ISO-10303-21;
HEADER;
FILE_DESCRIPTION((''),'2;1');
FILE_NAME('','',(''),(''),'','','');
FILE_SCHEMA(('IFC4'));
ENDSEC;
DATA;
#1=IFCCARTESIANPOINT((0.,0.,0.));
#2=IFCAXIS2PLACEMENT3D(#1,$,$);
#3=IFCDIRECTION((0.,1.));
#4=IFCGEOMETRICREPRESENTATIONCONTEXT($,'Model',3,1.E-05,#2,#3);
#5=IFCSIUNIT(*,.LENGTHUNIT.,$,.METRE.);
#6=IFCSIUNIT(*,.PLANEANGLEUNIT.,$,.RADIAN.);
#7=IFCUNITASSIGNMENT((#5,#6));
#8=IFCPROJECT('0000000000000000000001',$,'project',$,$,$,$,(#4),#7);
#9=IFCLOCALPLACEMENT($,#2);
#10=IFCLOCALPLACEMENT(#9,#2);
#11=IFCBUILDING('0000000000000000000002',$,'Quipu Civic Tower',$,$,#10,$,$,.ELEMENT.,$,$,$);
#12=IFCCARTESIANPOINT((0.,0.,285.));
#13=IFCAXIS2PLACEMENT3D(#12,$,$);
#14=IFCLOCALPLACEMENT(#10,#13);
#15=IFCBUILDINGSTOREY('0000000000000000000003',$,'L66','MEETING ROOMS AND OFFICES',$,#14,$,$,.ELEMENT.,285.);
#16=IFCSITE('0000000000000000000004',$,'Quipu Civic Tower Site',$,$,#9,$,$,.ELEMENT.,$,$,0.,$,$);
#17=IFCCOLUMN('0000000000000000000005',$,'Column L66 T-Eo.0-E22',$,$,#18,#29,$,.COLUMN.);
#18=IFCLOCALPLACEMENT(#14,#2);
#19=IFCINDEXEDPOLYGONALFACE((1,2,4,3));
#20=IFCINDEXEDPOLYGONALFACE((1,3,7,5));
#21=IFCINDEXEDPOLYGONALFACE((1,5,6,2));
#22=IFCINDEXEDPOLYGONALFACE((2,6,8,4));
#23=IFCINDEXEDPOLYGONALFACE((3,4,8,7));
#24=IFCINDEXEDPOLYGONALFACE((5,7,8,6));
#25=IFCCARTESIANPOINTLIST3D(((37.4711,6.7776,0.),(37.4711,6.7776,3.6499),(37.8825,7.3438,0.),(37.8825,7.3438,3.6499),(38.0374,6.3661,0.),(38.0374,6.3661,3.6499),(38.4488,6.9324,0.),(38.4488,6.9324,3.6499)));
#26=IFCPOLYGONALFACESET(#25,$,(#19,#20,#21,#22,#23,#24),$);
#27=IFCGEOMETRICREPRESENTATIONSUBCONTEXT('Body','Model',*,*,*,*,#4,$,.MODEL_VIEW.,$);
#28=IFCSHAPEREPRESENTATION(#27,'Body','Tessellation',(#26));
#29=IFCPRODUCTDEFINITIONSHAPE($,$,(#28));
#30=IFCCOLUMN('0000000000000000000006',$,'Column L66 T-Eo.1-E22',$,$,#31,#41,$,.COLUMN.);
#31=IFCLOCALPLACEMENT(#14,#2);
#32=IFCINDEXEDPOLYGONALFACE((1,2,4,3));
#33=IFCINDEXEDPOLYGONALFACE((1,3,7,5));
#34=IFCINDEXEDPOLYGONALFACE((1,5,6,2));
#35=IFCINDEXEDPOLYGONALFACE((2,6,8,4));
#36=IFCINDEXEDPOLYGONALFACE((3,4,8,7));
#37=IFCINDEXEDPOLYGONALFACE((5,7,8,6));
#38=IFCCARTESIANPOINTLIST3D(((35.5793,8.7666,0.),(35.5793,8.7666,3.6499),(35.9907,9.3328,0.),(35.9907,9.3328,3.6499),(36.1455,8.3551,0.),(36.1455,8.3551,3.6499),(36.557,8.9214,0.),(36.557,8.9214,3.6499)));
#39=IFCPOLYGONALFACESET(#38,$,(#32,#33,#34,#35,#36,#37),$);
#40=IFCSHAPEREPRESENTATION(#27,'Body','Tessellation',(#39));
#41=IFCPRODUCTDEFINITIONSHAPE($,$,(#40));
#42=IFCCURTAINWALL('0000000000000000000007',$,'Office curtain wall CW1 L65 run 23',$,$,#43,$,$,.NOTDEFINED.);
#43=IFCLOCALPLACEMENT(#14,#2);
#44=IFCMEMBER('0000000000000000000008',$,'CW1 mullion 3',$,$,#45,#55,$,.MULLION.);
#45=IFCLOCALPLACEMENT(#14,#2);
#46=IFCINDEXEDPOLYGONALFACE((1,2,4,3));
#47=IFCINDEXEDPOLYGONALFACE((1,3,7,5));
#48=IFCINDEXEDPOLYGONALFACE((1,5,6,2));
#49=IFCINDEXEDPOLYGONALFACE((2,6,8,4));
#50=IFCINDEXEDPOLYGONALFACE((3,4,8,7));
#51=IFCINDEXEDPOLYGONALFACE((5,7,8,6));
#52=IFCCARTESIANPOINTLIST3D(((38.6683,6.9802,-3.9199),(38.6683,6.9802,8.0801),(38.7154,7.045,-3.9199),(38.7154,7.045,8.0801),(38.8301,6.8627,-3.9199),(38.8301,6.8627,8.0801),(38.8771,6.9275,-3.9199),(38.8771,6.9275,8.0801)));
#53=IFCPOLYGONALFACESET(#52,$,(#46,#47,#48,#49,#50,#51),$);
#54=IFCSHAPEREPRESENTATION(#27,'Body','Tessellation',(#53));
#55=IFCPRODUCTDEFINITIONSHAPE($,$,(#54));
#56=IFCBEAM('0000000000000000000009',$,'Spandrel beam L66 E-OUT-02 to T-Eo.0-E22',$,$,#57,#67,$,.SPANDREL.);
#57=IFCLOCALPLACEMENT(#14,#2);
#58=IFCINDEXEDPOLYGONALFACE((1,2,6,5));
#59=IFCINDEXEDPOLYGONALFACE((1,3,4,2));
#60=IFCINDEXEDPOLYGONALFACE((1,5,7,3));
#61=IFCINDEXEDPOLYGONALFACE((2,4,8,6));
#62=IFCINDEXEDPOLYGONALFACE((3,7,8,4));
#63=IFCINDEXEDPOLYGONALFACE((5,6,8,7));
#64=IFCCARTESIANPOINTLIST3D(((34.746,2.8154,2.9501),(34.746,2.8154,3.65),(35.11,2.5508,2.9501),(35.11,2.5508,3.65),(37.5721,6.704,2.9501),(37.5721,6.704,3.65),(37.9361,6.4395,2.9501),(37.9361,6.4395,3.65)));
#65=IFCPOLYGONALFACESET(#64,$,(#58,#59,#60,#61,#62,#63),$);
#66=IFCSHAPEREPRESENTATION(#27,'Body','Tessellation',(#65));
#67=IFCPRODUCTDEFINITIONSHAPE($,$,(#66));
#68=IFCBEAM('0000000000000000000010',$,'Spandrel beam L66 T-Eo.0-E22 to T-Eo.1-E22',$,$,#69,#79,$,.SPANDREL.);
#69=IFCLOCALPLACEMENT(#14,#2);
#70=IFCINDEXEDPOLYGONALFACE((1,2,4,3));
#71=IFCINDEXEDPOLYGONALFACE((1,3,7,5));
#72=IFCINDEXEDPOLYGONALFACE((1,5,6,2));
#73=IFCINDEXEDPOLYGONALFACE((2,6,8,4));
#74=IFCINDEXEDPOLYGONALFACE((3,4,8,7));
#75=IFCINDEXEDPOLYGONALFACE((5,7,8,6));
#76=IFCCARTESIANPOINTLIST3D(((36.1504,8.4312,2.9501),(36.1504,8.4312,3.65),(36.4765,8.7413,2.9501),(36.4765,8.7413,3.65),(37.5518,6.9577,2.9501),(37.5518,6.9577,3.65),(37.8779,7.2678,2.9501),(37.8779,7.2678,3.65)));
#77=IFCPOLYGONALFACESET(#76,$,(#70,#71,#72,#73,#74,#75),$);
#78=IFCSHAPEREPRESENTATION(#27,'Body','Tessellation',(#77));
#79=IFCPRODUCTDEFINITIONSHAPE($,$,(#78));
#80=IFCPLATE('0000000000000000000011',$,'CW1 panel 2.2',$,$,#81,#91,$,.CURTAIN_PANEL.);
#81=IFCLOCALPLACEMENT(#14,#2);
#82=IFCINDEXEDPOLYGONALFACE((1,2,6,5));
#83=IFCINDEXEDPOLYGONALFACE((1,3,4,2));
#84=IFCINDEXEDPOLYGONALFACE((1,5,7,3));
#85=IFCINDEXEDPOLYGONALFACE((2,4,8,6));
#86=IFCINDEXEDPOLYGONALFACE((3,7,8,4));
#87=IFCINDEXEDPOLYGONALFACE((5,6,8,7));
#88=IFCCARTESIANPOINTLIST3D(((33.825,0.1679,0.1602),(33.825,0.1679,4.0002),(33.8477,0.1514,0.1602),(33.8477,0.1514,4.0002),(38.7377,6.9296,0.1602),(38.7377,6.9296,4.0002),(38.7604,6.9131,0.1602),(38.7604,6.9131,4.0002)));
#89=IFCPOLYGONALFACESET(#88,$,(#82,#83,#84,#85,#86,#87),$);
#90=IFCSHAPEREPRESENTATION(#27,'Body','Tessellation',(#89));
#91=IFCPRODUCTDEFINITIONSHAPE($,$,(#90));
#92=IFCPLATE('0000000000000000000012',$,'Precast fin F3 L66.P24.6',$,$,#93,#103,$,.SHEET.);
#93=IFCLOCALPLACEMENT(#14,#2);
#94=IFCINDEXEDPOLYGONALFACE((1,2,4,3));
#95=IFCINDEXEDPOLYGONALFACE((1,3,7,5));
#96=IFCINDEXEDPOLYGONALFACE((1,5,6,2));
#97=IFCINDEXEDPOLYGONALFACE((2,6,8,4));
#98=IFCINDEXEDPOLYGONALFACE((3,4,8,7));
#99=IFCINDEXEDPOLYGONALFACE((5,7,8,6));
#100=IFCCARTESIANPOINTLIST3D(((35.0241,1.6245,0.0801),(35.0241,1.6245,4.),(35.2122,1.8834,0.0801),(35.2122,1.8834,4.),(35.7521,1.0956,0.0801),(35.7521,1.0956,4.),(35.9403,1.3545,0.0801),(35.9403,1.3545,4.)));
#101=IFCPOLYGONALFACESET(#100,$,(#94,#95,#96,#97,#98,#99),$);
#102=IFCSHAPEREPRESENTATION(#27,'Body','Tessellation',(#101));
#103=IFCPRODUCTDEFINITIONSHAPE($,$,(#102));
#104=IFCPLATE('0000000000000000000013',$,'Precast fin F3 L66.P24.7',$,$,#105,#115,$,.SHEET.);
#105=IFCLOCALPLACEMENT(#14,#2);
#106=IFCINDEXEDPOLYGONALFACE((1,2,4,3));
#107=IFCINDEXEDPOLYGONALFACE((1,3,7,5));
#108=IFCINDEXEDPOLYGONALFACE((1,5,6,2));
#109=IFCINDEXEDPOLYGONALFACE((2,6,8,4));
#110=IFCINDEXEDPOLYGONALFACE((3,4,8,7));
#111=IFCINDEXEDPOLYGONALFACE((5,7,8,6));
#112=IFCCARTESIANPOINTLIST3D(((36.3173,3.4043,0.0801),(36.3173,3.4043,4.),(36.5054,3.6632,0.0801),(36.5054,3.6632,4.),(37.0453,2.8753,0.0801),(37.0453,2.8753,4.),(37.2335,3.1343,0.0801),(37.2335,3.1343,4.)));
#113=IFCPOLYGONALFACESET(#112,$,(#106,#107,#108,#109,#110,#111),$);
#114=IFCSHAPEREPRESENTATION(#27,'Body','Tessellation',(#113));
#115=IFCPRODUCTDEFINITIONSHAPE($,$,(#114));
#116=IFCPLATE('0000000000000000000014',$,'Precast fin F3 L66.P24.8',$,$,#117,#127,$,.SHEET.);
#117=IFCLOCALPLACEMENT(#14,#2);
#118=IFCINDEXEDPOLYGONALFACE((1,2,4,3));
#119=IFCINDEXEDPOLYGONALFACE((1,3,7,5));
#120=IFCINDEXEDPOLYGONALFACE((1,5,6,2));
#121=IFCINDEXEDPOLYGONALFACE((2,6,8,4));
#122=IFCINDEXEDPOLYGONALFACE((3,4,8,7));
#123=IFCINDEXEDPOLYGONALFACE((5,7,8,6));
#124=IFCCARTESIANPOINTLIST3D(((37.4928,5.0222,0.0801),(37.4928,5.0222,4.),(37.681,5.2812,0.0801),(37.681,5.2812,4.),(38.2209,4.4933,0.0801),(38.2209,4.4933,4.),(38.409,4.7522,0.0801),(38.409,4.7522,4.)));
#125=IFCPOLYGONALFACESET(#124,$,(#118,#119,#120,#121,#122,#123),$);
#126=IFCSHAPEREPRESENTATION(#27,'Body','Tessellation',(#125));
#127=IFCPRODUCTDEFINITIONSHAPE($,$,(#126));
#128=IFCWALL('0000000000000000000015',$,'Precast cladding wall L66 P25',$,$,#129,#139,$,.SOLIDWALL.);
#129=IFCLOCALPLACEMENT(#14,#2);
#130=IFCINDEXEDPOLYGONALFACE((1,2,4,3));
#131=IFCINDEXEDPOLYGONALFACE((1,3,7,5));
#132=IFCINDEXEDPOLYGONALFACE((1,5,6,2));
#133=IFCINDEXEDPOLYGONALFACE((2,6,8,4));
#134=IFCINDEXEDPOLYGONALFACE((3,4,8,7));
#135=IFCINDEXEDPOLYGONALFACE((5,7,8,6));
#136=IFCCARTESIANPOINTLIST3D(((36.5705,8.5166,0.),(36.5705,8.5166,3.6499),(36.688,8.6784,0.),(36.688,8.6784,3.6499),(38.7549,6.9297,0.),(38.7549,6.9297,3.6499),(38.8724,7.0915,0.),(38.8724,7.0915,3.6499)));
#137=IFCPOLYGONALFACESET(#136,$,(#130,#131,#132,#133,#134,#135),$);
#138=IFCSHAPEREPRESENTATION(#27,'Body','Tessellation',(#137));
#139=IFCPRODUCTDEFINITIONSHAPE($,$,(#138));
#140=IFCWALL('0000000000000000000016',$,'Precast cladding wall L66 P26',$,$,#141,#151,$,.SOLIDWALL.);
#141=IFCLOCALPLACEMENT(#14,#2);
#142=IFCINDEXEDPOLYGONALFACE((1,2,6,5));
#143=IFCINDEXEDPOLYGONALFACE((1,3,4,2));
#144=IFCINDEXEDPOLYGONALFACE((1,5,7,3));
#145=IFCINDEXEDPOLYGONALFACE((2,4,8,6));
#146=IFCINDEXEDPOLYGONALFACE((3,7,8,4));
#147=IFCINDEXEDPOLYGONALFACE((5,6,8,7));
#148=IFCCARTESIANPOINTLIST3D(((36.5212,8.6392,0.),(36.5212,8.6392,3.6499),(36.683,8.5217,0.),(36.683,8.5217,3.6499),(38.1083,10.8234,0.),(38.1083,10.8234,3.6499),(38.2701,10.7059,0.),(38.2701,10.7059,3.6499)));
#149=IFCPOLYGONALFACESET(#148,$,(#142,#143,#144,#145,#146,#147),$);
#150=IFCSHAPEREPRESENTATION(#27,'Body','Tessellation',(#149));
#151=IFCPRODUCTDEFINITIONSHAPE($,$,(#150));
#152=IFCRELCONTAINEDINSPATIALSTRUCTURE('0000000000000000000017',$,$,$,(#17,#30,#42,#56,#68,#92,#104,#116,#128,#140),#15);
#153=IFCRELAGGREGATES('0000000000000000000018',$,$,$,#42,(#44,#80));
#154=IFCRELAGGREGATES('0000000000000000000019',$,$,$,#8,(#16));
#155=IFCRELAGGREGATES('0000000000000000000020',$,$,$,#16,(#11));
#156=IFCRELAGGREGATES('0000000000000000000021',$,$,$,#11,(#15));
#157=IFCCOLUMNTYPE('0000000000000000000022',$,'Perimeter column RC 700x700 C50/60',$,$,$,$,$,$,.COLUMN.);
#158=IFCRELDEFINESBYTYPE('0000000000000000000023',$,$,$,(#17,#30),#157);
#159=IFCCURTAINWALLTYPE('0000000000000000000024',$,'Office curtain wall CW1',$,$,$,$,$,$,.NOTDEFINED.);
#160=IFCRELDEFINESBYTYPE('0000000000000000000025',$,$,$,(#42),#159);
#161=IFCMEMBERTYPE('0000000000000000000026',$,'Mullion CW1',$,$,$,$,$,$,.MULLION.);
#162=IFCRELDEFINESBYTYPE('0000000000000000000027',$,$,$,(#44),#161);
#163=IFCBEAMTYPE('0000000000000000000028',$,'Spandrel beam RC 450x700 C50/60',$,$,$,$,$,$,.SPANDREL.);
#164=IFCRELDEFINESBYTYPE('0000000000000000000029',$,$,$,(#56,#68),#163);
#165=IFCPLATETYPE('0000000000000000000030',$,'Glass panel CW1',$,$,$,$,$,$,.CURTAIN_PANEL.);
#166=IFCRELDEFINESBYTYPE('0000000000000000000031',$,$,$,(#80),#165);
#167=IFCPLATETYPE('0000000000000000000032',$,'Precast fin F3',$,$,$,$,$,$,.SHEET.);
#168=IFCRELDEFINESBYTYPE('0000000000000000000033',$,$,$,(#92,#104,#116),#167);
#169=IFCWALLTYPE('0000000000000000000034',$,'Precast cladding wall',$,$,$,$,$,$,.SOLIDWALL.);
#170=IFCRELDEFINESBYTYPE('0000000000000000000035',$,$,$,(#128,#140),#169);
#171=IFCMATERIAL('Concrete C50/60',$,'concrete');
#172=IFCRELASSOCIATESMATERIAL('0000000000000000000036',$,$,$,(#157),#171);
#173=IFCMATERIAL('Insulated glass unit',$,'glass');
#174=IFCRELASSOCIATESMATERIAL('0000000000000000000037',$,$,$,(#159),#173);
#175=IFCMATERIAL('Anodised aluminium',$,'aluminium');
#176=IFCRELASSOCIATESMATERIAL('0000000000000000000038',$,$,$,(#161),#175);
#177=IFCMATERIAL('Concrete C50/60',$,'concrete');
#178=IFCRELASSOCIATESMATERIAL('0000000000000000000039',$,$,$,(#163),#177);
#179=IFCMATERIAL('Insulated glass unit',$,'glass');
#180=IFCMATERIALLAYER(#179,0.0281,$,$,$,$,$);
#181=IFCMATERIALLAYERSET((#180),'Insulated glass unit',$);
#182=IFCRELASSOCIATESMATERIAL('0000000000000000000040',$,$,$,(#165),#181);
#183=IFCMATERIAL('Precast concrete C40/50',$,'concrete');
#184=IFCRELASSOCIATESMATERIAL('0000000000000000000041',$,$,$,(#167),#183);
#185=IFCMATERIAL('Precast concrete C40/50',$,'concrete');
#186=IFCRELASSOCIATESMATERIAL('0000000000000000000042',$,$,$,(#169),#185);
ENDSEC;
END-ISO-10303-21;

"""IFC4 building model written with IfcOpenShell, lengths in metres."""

from ifc_helpers import new_model, si_unit, direction, frame, frame_2d, origin, origin_2d, place, context, subcontext, project, spatial, rectangle, extrude, material, layer, layer_set, material_profile, profile_set, type_object, element, aggregate, save


model = new_model("IFC4")

# Units and contexts
model_context = context("Model", 3, precision=1e-05, world=origin(), true_north=direction((0.0, 1.0)))
body_context = subcontext(model_context, "Body", "Model", "MODEL_VIEW")
ifc_project = project(units=[si_unit("LENGTHUNIT", "METRE"), si_unit("PLANEANGLEUNIT", "RADIAN")], contexts=[model_context])

# Site, building, storey
site_placement = place(None, origin())
site = spatial("IfcSite", under=ifc_project, at=site_placement, Name="Quipu Civic Tower Site", CompositionType="ELEMENT", RefElevation=0.0)
building_placement = place(site_placement, origin())
building = spatial("IfcBuilding", under=site, at=building_placement, Name="Quipu Civic Tower", CompositionType="ELEMENT")
storey_placement = place(building_placement, frame((0.0, 0.0, 285.0)))
storey = spatial("IfcBuildingStorey", under=building, at=storey_placement, Name="L66", Description="MEETING ROOMS AND OFFICES", CompositionType="ELEMENT", Elevation=285.0)

# Columns
ifc_material_1 = material(Name="Concrete C50/60", Category="concrete")
ifc_material_profile_1 = material_profile(ifc_material_1, rectangle(XDim=0.7, YDim=0.7, at=origin_2d()), Name="RC700x700")
ifc_profile_set_1 = profile_set([ifc_material_profile_1], Name="Concrete C50/60")
column_type = type_object("IfcColumnType", Name="Perimeter column RC 700x700 C50/60", PredefinedType="COLUMN", material=ifc_profile_set_1)
for number, where, z_axis, x_axis, name in (
    (1, (37.96, 6.855, 0.0), (0.0, 0.0, 1.0), (0.587785, 0.809017, 0.0), "Column L66 T-Eo.0-E22"),
    (2, (36.0681, 8.844, 0.0), (0.0, 0.0, 1.0), (0.587785, 0.809017, 0.0), "Column L66 T-Eo.1-E22"),
):
    element("IfcColumn", number, at=place(storey_placement, frame(where, z_axis=z_axis, x_axis=x_axis)), inside=storey, type_object=column_type, Name=name, PredefinedType="COLUMN", context=body_context, shape_type="SweptSolid", body=[
        extrude(rectangle(XDim=0.7, YDim=0.7, at=origin_2d()), origin(), (0.0, 0.0, 1.0), 3.6499),
    ])

# Curtain wall, member
ifc_material_2 = material(Name="Insulated glass unit", Category="glass")
curtain_wall_type = type_object("IfcCurtainWallType", Name="Office curtain wall CW1", PredefinedType="NOTDEFINED", material=ifc_material_2)
curtain_wall_placement = place(storey_placement, origin())
curtain_wall = element("IfcCurtainWall", 3, at=curtain_wall_placement, inside=storey, type_object=curtain_wall_type, Name="Office curtain wall CW1 L65 run 23", PredefinedType="NOTDEFINED")
ifc_material_3 = material(Name="Anodised aluminium", Category="aluminium")
ifc_material_profile_2 = material_profile(ifc_material_3, rectangle(XDim=0.2, YDim=0.0801, at=origin_2d()), Name="RECT 200x80")
ifc_profile_set_2 = profile_set([ifc_material_profile_2], Name="Anodised aluminium")
member_type = type_object("IfcMemberType", Name="Mullion CW1", PredefinedType="MULLION", material=ifc_profile_set_2)
member_placement = place(storey_placement, frame((38.7727, 6.9539, -3.9199), z_axis=(0.0, 0.0, 1.0), x_axis=(-0.809016, 0.587786, 0.0)))
member = element("IfcMember", 4, at=member_placement, type_object=member_type, Name="CW1 mullion 3", PredefinedType="MULLION", context=body_context, shape_type="SweptSolid", body=[
    extrude(rectangle(XDim=0.2, YDim=0.0801, at=origin_2d()), origin(), (0.0, 0.0, 1.0), 12.0),
])

# Beams
ifc_material_4 = material(Name="Concrete C50/60", Category="concrete")
ifc_material_profile_3 = material_profile(ifc_material_4, rectangle(XDim=0.45, YDim=0.7, at=origin_2d()), Name="RC450x700")
ifc_profile_set_3 = profile_set([ifc_material_profile_3], Name="Concrete C50/60")
beam_type = type_object("IfcBeamType", Name="Spandrel beam RC 450x700 C50/60", PredefinedType="SPANDREL", material=ifc_profile_set_3)
beam_1_placement = place(storey_placement, frame((34.928, 2.6831, 3.3), z_axis=(0.587906, 0.808929, 0.0), x_axis=(-0.808929, 0.587906, 0.0)))
element("IfcBeam", 5, at=beam_1_placement, inside=storey, type_object=beam_type, Name="Spandrel beam L66 E-OUT-02 to T-Eo.0-E22", PredefinedType="SPANDREL", context=body_context, shape_type="SweptSolid", body=[
    extrude(rectangle(XDim=0.45, YDim=0.7, at=origin_2d()), origin(), (0.0, 0.0, 1.0), 4.8071),
])
beam_2_placement = place(storey_placement, frame((37.7148, 7.1128, 3.3), z_axis=(-0.689175, 0.724595, 0.0), x_axis=(-0.724595, -0.689175, 0.0)))
element("IfcBeam", 6, at=beam_2_placement, inside=storey, type_object=beam_type, Name="Spandrel beam L66 T-Eo.0-E22 to T-Eo.1-E22", PredefinedType="SPANDREL", context=body_context, shape_type="SweptSolid", body=[
    extrude(rectangle(XDim=0.45, YDim=0.7, at=origin_2d()), origin(), (0.0, 0.0, 1.0), 2.0334),
])

# Plate
ifc_material_5 = material(Name="Insulated glass unit", Category="glass")
ifc_layer = layer(ifc_material_5, 0.0281)
ifc_layer_set = layer_set([ifc_layer], Name="Insulated glass unit")
plate_type_1 = type_object("IfcPlateType", Name="Glass panel CW1", PredefinedType="CURTAIN_PANEL", material=ifc_layer_set)
plate_placement = place(storey_placement, frame((36.2927, 3.5405, 0.1602), z_axis=(0.0, 0.0, 1.0), x_axis=(0.587786, 0.809016, 0.0)))
plate = element("IfcPlate", 7, at=plate_placement, type_object=plate_type_1, Name="CW1 panel 2.2", PredefinedType="CURTAIN_PANEL", context=body_context, shape_type="SweptSolid", body=[
    extrude(rectangle(XDim=8.3579, YDim=0.0281, at=origin_2d()), origin(), (0.0, 0.0, 1.0), 3.8401),
])
aggregate(curtain_wall, [member, plate])

# Plates
ifc_material_6 = material(Name="Precast concrete C40/50", Category="concrete")
plate_type_2 = type_object("IfcPlateType", Name="Precast fin F3", PredefinedType="SHEET", material=ifc_material_6)
for number, where, z_axis, x_axis, name in (
    (8, (35.4822, 1.4895, 0.0801), (0.0, 0.0, 1.0), (0.587787, 0.809016, 0.0), "Precast fin F3 L66.P24.6"),
    (9, (36.7754, 3.2693, 0.0801), (0.0, 0.0, 1.0), (0.587787, 0.809016, 0.0), "Precast fin F3 L66.P24.7"),
    (10, (37.9509, 4.8872, 0.0801), (0.0, 0.0, 1.0), (0.587787, 0.809016, 0.0), "Precast fin F3 L66.P24.8"),
):
    element("IfcPlate", number, at=place(storey_placement, frame(where, z_axis=z_axis, x_axis=x_axis)), inside=storey, type_object=plate_type_2, Name=name, PredefinedType="SHEET", context=body_context, shape_type="SweptSolid", body=[
        extrude(rectangle(XDim=0.3201, YDim=0.8999, at=origin_2d()), origin(), (0.0, 0.0, 1.0), 3.9199),
    ])

# Walls
ifc_material_7 = material(Name="Precast concrete C40/50", Category="concrete")
wall_type = type_object("IfcWallType", Name="Precast cladding wall", PredefinedType="SOLIDWALL", material=ifc_material_7)
for number, where, z_axis, x_axis, name in (
    (11, (38.8137, 7.0105, 0.0), (0.0, 0.0, 1.0), (-0.809033, 0.587763, 0.0), "Precast cladding wall L66 P25"),
    (12, (36.6021, 8.5803, 0.0), (0.0, 0.0, 1.0), (0.587822, 0.80899, 0.0), "Precast cladding wall L66 P26"),
):
    element("IfcWall", number, at=place(storey_placement, frame(where, z_axis=z_axis, x_axis=x_axis)), inside=storey, type_object=wall_type, Name=name, PredefinedType="SOLIDWALL", context=body_context, shape_type="SweptSolid", body=[
        extrude(rectangle(XDim=2.7, YDim=0.2, at=frame_2d((1.3501, 0.0))), origin(), (0.0, 0.0, 1.0), 3.6499),
    ])

save(model, "model.ifc")
